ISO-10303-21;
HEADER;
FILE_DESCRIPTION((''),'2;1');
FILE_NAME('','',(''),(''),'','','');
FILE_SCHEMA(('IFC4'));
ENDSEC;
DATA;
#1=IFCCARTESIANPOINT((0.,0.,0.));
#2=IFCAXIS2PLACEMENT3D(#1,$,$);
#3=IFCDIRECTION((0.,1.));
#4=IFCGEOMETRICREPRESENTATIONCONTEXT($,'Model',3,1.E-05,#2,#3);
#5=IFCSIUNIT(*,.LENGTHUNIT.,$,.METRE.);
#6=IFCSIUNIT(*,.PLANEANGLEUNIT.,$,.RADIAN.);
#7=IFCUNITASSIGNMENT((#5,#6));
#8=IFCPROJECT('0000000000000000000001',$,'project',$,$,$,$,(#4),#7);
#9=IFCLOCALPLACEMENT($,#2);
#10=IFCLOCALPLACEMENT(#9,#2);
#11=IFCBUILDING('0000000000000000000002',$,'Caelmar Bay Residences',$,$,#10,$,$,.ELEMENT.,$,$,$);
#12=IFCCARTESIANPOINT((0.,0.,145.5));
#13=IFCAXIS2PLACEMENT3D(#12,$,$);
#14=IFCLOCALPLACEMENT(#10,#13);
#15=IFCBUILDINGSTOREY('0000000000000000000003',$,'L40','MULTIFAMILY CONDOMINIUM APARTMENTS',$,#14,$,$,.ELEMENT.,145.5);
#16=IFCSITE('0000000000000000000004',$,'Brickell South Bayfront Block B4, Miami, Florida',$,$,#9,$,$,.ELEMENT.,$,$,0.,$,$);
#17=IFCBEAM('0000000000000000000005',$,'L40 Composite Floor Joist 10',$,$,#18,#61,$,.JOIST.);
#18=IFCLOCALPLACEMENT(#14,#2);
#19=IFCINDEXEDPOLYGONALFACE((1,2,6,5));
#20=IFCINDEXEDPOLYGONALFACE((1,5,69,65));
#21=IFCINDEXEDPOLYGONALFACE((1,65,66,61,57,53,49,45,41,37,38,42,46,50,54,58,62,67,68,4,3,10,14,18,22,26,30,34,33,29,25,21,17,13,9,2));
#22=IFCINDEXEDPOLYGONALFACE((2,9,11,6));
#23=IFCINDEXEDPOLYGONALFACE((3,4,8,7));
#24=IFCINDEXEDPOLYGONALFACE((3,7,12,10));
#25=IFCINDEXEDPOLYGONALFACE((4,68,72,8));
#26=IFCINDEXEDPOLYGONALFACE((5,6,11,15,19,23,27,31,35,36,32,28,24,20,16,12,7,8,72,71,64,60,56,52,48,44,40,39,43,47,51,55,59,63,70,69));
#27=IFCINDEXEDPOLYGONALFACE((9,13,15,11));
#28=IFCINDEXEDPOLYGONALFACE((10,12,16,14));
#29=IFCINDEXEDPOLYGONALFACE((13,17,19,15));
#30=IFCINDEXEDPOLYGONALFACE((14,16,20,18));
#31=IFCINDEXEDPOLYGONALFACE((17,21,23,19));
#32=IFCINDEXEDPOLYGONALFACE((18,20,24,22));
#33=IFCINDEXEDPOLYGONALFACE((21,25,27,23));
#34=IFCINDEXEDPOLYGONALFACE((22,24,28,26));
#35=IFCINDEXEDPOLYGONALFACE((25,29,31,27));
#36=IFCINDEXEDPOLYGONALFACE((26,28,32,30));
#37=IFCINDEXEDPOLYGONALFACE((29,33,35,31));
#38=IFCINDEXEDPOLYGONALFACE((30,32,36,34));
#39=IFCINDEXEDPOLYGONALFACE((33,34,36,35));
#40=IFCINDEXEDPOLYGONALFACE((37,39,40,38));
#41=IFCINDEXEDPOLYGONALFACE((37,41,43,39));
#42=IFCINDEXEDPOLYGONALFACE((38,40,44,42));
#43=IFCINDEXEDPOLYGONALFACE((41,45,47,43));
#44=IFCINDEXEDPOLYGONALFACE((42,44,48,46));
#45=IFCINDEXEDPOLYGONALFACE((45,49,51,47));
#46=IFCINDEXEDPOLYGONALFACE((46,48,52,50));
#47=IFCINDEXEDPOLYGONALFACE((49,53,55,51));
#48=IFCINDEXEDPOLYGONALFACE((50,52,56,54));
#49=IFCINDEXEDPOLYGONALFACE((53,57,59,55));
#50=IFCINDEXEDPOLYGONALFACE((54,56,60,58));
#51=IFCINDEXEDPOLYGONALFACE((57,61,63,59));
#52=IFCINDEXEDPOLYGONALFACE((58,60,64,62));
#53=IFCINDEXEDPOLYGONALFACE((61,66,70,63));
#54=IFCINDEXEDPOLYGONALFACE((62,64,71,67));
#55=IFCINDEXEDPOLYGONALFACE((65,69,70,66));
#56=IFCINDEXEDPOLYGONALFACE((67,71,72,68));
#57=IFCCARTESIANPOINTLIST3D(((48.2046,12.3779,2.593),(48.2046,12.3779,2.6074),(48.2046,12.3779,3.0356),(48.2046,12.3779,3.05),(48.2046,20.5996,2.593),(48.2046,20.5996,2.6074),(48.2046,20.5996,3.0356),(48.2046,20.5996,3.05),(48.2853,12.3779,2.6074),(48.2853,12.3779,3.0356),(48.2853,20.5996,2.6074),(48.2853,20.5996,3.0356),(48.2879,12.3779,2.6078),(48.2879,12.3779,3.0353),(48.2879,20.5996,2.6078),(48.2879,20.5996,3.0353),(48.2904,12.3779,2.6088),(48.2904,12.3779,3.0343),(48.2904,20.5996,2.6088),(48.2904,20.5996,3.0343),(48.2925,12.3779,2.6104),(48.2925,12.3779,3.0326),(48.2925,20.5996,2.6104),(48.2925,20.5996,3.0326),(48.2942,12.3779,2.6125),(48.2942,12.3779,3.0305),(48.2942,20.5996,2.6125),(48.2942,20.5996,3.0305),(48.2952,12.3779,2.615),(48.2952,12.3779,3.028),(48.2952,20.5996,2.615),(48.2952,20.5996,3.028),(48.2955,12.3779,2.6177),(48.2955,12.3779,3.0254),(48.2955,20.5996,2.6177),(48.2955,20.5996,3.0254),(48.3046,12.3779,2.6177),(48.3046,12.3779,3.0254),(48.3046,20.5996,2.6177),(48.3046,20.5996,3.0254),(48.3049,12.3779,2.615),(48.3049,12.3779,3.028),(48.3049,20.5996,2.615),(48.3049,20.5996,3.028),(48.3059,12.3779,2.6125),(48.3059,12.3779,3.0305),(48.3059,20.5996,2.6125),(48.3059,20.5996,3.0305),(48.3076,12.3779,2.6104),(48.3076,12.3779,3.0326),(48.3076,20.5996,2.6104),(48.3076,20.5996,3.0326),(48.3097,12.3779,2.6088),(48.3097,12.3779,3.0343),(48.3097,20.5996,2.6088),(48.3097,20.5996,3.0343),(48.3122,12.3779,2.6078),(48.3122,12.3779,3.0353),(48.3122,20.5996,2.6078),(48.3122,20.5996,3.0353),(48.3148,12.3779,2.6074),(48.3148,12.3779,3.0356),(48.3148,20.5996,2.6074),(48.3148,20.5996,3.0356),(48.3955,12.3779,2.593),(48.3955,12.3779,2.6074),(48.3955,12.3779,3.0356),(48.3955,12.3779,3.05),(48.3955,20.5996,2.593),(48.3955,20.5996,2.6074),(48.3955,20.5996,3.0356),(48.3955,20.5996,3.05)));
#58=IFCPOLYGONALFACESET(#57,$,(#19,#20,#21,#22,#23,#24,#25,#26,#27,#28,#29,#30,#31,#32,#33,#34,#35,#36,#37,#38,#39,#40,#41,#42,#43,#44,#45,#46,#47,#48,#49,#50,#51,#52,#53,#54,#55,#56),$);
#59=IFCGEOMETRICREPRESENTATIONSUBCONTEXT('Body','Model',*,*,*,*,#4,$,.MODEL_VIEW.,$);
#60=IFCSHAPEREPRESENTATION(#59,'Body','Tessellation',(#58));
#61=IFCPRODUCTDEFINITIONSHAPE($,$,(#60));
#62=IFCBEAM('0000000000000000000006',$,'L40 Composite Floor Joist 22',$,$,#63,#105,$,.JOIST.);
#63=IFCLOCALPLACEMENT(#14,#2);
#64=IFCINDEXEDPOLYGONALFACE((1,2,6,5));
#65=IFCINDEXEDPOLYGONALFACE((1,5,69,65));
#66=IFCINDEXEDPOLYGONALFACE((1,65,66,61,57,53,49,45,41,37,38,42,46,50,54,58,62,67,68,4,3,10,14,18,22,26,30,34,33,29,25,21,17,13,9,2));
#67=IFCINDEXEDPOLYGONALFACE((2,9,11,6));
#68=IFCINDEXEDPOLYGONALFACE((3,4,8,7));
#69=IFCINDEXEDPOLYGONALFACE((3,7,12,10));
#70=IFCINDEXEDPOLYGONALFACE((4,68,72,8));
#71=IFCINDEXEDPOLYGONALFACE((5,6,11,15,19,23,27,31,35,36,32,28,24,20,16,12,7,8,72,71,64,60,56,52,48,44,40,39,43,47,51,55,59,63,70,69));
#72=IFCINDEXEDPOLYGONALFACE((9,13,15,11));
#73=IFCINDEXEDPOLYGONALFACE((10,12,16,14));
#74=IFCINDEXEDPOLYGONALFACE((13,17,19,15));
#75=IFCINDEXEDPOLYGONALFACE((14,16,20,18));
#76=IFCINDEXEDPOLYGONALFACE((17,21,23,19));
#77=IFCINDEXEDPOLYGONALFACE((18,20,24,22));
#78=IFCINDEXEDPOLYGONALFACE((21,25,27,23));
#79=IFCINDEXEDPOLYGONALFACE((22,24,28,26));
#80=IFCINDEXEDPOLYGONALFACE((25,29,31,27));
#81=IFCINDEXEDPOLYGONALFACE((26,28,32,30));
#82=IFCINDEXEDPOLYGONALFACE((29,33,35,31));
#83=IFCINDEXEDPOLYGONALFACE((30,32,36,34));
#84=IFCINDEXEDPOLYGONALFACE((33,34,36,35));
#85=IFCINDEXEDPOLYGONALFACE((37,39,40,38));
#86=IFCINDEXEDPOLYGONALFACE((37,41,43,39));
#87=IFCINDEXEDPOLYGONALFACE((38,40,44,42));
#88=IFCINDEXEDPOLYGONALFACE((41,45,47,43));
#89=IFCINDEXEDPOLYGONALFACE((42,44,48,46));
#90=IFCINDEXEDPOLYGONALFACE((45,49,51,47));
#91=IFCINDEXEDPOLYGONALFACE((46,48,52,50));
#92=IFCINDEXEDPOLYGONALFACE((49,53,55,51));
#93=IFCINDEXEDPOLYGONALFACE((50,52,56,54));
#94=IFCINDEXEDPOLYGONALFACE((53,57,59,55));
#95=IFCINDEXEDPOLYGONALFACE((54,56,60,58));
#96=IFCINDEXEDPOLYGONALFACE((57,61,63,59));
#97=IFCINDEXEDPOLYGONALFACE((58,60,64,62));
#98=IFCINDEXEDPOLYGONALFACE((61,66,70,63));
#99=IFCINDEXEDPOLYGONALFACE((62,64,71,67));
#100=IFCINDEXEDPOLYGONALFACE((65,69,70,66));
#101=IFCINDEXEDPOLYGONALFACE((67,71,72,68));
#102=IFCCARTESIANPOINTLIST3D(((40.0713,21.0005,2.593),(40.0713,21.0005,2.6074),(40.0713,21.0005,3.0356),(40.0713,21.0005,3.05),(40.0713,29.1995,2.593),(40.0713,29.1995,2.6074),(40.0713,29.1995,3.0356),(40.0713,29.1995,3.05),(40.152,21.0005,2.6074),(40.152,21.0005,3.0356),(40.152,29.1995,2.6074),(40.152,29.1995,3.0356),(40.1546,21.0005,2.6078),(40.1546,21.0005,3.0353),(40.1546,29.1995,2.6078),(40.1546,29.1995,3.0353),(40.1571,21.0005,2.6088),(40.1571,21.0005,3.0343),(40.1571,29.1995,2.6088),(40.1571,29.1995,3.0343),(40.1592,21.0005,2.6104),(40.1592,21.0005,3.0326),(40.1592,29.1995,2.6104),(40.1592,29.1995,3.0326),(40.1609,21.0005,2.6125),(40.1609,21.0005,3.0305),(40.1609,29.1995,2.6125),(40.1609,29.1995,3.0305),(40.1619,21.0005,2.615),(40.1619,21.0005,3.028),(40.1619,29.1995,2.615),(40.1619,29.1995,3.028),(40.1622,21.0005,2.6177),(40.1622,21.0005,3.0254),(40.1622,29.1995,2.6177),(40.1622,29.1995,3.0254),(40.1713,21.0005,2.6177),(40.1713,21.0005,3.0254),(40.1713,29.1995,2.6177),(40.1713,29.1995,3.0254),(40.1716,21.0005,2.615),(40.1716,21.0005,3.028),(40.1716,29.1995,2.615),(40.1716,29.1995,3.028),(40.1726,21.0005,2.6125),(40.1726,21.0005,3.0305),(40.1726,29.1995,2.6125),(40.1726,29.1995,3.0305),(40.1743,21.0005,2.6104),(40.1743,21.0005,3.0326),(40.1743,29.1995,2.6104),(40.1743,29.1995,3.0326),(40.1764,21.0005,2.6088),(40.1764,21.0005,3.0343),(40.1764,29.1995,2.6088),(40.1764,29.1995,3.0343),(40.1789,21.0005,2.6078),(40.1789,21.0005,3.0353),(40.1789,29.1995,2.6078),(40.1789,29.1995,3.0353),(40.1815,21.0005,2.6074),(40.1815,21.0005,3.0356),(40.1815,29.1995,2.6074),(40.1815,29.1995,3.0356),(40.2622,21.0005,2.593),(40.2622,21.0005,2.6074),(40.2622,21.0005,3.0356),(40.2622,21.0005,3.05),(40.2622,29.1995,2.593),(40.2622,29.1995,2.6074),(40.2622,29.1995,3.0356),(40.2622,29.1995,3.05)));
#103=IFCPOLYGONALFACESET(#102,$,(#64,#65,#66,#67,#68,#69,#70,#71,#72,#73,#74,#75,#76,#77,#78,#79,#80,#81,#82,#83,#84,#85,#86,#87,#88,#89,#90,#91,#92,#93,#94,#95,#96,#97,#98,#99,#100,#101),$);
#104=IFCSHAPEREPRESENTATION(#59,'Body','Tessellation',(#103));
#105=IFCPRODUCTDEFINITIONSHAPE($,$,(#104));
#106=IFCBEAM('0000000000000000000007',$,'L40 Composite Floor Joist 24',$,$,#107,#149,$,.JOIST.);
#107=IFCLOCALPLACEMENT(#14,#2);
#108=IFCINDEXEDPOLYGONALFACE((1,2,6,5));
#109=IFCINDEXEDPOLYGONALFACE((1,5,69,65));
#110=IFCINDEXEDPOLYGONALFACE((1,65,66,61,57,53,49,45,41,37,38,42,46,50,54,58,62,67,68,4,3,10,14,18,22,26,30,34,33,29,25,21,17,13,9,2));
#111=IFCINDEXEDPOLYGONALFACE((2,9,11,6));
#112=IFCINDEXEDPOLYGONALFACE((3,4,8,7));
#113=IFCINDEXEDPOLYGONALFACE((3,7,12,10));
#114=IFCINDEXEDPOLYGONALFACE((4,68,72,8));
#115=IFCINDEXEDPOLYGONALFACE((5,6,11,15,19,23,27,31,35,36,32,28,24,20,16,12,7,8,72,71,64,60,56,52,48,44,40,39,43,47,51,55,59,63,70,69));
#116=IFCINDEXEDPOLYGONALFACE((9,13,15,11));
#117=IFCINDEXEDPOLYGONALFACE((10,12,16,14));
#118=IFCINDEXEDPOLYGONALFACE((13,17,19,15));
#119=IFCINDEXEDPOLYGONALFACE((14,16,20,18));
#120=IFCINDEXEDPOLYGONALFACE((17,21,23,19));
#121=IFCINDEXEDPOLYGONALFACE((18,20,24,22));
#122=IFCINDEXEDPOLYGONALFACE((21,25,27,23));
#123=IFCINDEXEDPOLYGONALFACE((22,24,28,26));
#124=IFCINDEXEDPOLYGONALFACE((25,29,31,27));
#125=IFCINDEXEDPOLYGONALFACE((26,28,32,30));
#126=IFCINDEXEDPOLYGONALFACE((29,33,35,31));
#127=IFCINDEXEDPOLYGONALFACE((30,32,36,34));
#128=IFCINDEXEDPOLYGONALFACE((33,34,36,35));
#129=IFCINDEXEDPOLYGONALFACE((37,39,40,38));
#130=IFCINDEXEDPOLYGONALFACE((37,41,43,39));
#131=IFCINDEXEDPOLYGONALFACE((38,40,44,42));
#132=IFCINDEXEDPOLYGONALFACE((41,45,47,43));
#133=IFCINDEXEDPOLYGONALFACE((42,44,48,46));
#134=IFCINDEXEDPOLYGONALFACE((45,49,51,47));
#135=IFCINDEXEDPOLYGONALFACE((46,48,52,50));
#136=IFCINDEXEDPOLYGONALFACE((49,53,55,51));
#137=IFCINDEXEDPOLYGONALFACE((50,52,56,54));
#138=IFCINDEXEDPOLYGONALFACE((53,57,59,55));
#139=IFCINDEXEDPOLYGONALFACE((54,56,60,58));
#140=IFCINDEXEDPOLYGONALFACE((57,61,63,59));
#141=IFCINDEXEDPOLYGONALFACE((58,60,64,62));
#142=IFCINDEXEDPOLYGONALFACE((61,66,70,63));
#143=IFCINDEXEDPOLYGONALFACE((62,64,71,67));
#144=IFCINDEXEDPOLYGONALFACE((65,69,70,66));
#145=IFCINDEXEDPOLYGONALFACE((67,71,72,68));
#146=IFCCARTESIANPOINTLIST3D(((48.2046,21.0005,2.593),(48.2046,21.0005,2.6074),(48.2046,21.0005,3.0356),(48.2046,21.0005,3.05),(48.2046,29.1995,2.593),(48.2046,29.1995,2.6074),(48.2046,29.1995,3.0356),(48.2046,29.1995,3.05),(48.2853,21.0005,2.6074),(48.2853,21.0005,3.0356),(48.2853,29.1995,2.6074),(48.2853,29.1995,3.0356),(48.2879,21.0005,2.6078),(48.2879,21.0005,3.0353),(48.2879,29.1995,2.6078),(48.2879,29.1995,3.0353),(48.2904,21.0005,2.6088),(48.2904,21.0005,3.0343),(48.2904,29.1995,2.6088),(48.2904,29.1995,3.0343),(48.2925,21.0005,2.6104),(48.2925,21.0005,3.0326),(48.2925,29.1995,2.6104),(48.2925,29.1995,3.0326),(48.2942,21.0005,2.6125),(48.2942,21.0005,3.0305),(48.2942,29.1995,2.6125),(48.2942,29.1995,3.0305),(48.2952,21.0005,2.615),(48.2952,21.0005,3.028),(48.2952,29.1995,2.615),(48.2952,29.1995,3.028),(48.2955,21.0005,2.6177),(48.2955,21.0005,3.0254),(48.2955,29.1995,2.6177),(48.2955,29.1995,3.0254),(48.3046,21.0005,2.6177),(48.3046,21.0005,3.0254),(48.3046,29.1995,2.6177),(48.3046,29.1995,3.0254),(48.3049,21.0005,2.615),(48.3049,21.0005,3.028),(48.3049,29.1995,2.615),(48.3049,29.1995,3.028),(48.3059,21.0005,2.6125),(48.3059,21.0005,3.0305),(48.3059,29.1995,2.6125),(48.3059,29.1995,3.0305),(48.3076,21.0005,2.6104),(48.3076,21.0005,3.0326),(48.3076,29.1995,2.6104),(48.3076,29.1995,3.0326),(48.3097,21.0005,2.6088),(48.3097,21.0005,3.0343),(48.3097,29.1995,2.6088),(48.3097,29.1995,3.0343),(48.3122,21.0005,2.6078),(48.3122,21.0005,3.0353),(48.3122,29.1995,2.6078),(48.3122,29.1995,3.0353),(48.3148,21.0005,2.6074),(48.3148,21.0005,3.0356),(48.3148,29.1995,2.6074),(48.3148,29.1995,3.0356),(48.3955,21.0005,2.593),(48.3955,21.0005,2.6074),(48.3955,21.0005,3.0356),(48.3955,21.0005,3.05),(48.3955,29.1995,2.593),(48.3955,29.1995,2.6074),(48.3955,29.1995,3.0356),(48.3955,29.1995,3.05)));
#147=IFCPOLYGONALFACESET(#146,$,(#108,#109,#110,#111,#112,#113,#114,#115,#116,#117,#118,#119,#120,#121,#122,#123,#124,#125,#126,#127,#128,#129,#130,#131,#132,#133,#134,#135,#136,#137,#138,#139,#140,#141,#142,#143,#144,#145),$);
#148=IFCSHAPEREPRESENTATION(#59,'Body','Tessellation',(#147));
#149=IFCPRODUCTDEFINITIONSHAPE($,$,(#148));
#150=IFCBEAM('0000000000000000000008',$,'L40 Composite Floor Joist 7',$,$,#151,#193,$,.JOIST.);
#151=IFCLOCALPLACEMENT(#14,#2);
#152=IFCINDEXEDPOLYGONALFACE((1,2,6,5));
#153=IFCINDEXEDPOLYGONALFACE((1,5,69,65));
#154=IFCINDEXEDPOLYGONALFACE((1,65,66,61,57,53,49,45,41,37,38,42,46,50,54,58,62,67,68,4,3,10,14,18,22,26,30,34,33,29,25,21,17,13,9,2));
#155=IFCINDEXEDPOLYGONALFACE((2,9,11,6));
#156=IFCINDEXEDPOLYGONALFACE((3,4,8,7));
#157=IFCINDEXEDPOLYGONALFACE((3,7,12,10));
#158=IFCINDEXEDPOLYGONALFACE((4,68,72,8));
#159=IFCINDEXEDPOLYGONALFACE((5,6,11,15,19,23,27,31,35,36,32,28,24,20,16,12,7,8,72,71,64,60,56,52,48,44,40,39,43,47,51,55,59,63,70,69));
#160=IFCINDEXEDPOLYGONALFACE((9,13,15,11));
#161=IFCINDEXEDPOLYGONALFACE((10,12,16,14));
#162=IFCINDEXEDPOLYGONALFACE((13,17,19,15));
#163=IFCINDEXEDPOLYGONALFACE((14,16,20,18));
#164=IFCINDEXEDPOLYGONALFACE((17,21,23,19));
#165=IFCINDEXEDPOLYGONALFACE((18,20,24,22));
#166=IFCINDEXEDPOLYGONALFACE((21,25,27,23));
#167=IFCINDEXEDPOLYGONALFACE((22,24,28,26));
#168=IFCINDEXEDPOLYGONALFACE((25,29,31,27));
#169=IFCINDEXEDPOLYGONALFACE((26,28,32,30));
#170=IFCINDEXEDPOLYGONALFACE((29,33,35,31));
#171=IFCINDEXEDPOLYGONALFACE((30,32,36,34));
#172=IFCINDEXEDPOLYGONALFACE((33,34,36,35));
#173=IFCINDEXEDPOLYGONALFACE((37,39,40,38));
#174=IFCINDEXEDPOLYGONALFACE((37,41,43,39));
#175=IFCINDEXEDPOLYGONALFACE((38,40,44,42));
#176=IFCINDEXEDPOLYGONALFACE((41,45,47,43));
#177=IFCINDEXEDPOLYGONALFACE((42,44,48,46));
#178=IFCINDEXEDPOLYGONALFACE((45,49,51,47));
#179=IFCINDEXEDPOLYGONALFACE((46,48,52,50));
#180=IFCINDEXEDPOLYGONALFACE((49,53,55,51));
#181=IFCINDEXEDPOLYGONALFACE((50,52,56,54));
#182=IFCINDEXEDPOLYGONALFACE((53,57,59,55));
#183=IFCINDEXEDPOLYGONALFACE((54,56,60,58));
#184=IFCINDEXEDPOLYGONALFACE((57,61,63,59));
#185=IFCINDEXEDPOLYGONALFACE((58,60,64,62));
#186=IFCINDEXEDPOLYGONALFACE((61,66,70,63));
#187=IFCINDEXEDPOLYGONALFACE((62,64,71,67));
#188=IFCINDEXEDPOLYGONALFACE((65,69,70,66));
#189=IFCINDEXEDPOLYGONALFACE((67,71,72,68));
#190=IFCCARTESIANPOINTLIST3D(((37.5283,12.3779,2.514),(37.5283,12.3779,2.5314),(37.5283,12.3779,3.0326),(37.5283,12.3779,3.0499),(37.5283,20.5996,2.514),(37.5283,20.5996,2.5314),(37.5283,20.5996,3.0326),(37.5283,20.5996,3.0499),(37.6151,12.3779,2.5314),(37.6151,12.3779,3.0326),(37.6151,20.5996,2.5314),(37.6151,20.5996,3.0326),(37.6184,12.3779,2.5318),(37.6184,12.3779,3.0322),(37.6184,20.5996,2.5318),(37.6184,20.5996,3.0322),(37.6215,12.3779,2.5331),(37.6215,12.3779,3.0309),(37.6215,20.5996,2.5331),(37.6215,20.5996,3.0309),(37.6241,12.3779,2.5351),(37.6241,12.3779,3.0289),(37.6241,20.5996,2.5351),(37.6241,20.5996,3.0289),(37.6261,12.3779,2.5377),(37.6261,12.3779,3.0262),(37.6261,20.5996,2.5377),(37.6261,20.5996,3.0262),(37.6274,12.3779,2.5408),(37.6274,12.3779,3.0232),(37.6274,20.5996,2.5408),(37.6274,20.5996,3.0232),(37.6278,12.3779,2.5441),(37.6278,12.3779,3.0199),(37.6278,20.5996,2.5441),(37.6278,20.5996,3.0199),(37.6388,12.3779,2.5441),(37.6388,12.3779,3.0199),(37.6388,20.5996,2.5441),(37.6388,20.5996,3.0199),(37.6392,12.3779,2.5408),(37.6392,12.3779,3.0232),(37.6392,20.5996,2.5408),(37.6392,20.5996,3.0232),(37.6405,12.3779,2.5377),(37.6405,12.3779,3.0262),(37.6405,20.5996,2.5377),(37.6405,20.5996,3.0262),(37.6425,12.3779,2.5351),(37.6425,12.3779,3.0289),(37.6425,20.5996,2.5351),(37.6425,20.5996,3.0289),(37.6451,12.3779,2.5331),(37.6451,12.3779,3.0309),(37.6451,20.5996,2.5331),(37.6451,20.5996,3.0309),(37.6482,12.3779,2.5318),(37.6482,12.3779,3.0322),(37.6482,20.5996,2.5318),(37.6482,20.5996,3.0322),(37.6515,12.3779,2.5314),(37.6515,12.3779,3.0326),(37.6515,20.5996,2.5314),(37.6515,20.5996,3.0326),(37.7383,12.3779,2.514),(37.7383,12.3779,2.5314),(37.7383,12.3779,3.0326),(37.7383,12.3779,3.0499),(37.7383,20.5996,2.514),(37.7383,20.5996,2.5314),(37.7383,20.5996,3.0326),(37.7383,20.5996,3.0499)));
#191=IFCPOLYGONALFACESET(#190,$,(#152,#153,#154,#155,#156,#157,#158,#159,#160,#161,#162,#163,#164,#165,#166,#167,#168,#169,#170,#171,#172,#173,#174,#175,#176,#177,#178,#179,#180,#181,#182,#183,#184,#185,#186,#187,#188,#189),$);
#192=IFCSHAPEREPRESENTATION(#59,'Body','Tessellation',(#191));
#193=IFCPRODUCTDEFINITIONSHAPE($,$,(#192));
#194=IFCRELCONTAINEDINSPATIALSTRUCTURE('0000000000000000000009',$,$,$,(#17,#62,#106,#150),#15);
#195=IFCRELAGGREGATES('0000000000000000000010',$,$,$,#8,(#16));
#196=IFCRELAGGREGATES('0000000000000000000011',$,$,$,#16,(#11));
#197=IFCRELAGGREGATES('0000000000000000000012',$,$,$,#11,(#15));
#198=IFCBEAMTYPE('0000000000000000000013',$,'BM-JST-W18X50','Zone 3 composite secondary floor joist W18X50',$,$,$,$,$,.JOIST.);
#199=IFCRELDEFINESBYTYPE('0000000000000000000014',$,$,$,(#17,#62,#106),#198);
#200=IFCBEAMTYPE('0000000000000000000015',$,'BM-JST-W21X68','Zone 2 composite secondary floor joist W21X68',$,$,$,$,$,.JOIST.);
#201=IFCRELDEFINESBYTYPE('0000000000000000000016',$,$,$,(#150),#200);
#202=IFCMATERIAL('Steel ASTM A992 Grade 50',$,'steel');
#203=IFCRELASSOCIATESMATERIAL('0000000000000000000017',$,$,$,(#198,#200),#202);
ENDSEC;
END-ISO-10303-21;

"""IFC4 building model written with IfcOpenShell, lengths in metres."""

from ifc_helpers import new_model, si_unit, direction, frame, origin, origin_2d, place, context, subcontext, project, spatial, i_section, extrude, material, material_profile, profile_set, type_object, element, save


model = new_model("IFC4")

# Units and contexts
model_context = context("Model", 3, precision=1e-05, world=origin(), true_north=direction((0.0, 1.0)))
body_context = subcontext(model_context, "Body", "Model", "MODEL_VIEW")
ifc_project = project(units=[si_unit("LENGTHUNIT", "METRE"), si_unit("PLANEANGLEUNIT", "RADIAN")], contexts=[model_context])

# Site, building, storey
site_placement = place(None, origin())
site = spatial("IfcSite", under=ifc_project, at=site_placement, Name="Brickell South Bayfront Block B4, Miami, Florida", CompositionType="ELEMENT", RefElevation=0.0)
building_placement = place(site_placement, origin())
building = spatial("IfcBuilding", under=site, at=building_placement, Name="Caelmar Bay Residences", CompositionType="ELEMENT")
storey_placement = place(building_placement, frame((0.0, 0.0, 145.5)))
storey = spatial("IfcBuildingStorey", under=building, at=storey_placement, Name="L40", Description="MULTIFAMILY CONDOMINIUM APARTMENTS", CompositionType="ELEMENT", Elevation=145.5)

# Beams
ifc_material_1 = material(Name="Steel ASTM A992 Grade 50", Category="steel")
ifc_material_profile_1 = material_profile(ifc_material_1, i_section(OverallWidth=0.1909, OverallDepth=0.457, WebThickness=0.009, FlangeThickness=0.0144, FilletRadius=0.0103, at=origin_2d()), Name="W18X50")
ifc_profile_set_1 = profile_set([ifc_material_profile_1], Name="Steel ASTM A992 Grade 50")
beam_type_1 = type_object("IfcBeamType", Name="BM-JST-W18X50", Description="Zone 3 composite secondary floor joist W18X50", PredefinedType="JOIST", material=ifc_profile_set_1)
for number, where, z_axis, x_axis, name in (
    (1, (48.3, 12.3779, 2.8215), (0.0, 1.0, 0.0), (-1.0, 0.0, 0.0), "L40 Composite Floor Joist 10"),
):
    element("IfcBeam", number, at=place(storey_placement, frame(where, z_axis=z_axis, x_axis=x_axis)), inside=storey, type_object=beam_type_1, Name=name, PredefinedType="JOIST", context=body_context, shape_type="SweptSolid", body=[
        extrude(i_section(OverallWidth=0.1909, OverallDepth=0.457, WebThickness=0.009, FlangeThickness=0.0144, FilletRadius=0.0103, at=origin_2d()), origin(), (0.0, 0.0, 1.0), 8.2217),
    ])
for number, where, z_axis, x_axis, name in (
    (2, (40.1667, 21.0005, 2.8215), (0.0, 1.0, 0.0), (-1.0, 0.0, 0.0), "L40 Composite Floor Joist 22"),
    (3, (48.3, 21.0005, 2.8215), (0.0, 1.0, 0.0), (-1.0, 0.0, 0.0), "L40 Composite Floor Joist 24"),
):
    element("IfcBeam", number, at=place(storey_placement, frame(where, z_axis=z_axis, x_axis=x_axis)), inside=storey, type_object=beam_type_1, Name=name, PredefinedType="JOIST", context=body_context, shape_type="SweptSolid", body=[
        extrude(i_section(OverallWidth=0.1909, OverallDepth=0.457, WebThickness=0.009, FlangeThickness=0.0144, FilletRadius=0.0103, at=origin_2d()), origin(), (0.0, 0.0, 1.0), 8.199),
    ])
ifc_material_profile_2 = material_profile(ifc_material_1, i_section(OverallWidth=0.21, OverallDepth=0.5359, WebThickness=0.011, FlangeThickness=0.0173, FilletRadius=0.0127, at=origin_2d()), Name="W21X68")
ifc_profile_set_2 = profile_set([ifc_material_profile_2], Name="Steel ASTM A992 Grade 50")
beam_type_2 = type_object("IfcBeamType", Name="BM-JST-W21X68", Description="Zone 2 composite secondary floor joist W21X68", PredefinedType="JOIST", material=ifc_profile_set_2)
for number, where, z_axis, x_axis, name in (
    (4, (37.6333, 12.3779, 2.782), (0.0, 1.0, 0.0), (-1.0, 0.0, 0.0), "L40 Composite Floor Joist 7"),
):
    element("IfcBeam", number, at=place(storey_placement, frame(where, z_axis=z_axis, x_axis=x_axis)), inside=storey, type_object=beam_type_2, Name=name, PredefinedType="JOIST", context=body_context, shape_type="SweptSolid", body=[
        extrude(i_section(OverallWidth=0.21, OverallDepth=0.5359, WebThickness=0.011, FlangeThickness=0.0173, FilletRadius=0.0127, at=origin_2d()), origin(), (0.0, 0.0, 1.0), 8.2217),
    ])

save(model, "model.ifc")
